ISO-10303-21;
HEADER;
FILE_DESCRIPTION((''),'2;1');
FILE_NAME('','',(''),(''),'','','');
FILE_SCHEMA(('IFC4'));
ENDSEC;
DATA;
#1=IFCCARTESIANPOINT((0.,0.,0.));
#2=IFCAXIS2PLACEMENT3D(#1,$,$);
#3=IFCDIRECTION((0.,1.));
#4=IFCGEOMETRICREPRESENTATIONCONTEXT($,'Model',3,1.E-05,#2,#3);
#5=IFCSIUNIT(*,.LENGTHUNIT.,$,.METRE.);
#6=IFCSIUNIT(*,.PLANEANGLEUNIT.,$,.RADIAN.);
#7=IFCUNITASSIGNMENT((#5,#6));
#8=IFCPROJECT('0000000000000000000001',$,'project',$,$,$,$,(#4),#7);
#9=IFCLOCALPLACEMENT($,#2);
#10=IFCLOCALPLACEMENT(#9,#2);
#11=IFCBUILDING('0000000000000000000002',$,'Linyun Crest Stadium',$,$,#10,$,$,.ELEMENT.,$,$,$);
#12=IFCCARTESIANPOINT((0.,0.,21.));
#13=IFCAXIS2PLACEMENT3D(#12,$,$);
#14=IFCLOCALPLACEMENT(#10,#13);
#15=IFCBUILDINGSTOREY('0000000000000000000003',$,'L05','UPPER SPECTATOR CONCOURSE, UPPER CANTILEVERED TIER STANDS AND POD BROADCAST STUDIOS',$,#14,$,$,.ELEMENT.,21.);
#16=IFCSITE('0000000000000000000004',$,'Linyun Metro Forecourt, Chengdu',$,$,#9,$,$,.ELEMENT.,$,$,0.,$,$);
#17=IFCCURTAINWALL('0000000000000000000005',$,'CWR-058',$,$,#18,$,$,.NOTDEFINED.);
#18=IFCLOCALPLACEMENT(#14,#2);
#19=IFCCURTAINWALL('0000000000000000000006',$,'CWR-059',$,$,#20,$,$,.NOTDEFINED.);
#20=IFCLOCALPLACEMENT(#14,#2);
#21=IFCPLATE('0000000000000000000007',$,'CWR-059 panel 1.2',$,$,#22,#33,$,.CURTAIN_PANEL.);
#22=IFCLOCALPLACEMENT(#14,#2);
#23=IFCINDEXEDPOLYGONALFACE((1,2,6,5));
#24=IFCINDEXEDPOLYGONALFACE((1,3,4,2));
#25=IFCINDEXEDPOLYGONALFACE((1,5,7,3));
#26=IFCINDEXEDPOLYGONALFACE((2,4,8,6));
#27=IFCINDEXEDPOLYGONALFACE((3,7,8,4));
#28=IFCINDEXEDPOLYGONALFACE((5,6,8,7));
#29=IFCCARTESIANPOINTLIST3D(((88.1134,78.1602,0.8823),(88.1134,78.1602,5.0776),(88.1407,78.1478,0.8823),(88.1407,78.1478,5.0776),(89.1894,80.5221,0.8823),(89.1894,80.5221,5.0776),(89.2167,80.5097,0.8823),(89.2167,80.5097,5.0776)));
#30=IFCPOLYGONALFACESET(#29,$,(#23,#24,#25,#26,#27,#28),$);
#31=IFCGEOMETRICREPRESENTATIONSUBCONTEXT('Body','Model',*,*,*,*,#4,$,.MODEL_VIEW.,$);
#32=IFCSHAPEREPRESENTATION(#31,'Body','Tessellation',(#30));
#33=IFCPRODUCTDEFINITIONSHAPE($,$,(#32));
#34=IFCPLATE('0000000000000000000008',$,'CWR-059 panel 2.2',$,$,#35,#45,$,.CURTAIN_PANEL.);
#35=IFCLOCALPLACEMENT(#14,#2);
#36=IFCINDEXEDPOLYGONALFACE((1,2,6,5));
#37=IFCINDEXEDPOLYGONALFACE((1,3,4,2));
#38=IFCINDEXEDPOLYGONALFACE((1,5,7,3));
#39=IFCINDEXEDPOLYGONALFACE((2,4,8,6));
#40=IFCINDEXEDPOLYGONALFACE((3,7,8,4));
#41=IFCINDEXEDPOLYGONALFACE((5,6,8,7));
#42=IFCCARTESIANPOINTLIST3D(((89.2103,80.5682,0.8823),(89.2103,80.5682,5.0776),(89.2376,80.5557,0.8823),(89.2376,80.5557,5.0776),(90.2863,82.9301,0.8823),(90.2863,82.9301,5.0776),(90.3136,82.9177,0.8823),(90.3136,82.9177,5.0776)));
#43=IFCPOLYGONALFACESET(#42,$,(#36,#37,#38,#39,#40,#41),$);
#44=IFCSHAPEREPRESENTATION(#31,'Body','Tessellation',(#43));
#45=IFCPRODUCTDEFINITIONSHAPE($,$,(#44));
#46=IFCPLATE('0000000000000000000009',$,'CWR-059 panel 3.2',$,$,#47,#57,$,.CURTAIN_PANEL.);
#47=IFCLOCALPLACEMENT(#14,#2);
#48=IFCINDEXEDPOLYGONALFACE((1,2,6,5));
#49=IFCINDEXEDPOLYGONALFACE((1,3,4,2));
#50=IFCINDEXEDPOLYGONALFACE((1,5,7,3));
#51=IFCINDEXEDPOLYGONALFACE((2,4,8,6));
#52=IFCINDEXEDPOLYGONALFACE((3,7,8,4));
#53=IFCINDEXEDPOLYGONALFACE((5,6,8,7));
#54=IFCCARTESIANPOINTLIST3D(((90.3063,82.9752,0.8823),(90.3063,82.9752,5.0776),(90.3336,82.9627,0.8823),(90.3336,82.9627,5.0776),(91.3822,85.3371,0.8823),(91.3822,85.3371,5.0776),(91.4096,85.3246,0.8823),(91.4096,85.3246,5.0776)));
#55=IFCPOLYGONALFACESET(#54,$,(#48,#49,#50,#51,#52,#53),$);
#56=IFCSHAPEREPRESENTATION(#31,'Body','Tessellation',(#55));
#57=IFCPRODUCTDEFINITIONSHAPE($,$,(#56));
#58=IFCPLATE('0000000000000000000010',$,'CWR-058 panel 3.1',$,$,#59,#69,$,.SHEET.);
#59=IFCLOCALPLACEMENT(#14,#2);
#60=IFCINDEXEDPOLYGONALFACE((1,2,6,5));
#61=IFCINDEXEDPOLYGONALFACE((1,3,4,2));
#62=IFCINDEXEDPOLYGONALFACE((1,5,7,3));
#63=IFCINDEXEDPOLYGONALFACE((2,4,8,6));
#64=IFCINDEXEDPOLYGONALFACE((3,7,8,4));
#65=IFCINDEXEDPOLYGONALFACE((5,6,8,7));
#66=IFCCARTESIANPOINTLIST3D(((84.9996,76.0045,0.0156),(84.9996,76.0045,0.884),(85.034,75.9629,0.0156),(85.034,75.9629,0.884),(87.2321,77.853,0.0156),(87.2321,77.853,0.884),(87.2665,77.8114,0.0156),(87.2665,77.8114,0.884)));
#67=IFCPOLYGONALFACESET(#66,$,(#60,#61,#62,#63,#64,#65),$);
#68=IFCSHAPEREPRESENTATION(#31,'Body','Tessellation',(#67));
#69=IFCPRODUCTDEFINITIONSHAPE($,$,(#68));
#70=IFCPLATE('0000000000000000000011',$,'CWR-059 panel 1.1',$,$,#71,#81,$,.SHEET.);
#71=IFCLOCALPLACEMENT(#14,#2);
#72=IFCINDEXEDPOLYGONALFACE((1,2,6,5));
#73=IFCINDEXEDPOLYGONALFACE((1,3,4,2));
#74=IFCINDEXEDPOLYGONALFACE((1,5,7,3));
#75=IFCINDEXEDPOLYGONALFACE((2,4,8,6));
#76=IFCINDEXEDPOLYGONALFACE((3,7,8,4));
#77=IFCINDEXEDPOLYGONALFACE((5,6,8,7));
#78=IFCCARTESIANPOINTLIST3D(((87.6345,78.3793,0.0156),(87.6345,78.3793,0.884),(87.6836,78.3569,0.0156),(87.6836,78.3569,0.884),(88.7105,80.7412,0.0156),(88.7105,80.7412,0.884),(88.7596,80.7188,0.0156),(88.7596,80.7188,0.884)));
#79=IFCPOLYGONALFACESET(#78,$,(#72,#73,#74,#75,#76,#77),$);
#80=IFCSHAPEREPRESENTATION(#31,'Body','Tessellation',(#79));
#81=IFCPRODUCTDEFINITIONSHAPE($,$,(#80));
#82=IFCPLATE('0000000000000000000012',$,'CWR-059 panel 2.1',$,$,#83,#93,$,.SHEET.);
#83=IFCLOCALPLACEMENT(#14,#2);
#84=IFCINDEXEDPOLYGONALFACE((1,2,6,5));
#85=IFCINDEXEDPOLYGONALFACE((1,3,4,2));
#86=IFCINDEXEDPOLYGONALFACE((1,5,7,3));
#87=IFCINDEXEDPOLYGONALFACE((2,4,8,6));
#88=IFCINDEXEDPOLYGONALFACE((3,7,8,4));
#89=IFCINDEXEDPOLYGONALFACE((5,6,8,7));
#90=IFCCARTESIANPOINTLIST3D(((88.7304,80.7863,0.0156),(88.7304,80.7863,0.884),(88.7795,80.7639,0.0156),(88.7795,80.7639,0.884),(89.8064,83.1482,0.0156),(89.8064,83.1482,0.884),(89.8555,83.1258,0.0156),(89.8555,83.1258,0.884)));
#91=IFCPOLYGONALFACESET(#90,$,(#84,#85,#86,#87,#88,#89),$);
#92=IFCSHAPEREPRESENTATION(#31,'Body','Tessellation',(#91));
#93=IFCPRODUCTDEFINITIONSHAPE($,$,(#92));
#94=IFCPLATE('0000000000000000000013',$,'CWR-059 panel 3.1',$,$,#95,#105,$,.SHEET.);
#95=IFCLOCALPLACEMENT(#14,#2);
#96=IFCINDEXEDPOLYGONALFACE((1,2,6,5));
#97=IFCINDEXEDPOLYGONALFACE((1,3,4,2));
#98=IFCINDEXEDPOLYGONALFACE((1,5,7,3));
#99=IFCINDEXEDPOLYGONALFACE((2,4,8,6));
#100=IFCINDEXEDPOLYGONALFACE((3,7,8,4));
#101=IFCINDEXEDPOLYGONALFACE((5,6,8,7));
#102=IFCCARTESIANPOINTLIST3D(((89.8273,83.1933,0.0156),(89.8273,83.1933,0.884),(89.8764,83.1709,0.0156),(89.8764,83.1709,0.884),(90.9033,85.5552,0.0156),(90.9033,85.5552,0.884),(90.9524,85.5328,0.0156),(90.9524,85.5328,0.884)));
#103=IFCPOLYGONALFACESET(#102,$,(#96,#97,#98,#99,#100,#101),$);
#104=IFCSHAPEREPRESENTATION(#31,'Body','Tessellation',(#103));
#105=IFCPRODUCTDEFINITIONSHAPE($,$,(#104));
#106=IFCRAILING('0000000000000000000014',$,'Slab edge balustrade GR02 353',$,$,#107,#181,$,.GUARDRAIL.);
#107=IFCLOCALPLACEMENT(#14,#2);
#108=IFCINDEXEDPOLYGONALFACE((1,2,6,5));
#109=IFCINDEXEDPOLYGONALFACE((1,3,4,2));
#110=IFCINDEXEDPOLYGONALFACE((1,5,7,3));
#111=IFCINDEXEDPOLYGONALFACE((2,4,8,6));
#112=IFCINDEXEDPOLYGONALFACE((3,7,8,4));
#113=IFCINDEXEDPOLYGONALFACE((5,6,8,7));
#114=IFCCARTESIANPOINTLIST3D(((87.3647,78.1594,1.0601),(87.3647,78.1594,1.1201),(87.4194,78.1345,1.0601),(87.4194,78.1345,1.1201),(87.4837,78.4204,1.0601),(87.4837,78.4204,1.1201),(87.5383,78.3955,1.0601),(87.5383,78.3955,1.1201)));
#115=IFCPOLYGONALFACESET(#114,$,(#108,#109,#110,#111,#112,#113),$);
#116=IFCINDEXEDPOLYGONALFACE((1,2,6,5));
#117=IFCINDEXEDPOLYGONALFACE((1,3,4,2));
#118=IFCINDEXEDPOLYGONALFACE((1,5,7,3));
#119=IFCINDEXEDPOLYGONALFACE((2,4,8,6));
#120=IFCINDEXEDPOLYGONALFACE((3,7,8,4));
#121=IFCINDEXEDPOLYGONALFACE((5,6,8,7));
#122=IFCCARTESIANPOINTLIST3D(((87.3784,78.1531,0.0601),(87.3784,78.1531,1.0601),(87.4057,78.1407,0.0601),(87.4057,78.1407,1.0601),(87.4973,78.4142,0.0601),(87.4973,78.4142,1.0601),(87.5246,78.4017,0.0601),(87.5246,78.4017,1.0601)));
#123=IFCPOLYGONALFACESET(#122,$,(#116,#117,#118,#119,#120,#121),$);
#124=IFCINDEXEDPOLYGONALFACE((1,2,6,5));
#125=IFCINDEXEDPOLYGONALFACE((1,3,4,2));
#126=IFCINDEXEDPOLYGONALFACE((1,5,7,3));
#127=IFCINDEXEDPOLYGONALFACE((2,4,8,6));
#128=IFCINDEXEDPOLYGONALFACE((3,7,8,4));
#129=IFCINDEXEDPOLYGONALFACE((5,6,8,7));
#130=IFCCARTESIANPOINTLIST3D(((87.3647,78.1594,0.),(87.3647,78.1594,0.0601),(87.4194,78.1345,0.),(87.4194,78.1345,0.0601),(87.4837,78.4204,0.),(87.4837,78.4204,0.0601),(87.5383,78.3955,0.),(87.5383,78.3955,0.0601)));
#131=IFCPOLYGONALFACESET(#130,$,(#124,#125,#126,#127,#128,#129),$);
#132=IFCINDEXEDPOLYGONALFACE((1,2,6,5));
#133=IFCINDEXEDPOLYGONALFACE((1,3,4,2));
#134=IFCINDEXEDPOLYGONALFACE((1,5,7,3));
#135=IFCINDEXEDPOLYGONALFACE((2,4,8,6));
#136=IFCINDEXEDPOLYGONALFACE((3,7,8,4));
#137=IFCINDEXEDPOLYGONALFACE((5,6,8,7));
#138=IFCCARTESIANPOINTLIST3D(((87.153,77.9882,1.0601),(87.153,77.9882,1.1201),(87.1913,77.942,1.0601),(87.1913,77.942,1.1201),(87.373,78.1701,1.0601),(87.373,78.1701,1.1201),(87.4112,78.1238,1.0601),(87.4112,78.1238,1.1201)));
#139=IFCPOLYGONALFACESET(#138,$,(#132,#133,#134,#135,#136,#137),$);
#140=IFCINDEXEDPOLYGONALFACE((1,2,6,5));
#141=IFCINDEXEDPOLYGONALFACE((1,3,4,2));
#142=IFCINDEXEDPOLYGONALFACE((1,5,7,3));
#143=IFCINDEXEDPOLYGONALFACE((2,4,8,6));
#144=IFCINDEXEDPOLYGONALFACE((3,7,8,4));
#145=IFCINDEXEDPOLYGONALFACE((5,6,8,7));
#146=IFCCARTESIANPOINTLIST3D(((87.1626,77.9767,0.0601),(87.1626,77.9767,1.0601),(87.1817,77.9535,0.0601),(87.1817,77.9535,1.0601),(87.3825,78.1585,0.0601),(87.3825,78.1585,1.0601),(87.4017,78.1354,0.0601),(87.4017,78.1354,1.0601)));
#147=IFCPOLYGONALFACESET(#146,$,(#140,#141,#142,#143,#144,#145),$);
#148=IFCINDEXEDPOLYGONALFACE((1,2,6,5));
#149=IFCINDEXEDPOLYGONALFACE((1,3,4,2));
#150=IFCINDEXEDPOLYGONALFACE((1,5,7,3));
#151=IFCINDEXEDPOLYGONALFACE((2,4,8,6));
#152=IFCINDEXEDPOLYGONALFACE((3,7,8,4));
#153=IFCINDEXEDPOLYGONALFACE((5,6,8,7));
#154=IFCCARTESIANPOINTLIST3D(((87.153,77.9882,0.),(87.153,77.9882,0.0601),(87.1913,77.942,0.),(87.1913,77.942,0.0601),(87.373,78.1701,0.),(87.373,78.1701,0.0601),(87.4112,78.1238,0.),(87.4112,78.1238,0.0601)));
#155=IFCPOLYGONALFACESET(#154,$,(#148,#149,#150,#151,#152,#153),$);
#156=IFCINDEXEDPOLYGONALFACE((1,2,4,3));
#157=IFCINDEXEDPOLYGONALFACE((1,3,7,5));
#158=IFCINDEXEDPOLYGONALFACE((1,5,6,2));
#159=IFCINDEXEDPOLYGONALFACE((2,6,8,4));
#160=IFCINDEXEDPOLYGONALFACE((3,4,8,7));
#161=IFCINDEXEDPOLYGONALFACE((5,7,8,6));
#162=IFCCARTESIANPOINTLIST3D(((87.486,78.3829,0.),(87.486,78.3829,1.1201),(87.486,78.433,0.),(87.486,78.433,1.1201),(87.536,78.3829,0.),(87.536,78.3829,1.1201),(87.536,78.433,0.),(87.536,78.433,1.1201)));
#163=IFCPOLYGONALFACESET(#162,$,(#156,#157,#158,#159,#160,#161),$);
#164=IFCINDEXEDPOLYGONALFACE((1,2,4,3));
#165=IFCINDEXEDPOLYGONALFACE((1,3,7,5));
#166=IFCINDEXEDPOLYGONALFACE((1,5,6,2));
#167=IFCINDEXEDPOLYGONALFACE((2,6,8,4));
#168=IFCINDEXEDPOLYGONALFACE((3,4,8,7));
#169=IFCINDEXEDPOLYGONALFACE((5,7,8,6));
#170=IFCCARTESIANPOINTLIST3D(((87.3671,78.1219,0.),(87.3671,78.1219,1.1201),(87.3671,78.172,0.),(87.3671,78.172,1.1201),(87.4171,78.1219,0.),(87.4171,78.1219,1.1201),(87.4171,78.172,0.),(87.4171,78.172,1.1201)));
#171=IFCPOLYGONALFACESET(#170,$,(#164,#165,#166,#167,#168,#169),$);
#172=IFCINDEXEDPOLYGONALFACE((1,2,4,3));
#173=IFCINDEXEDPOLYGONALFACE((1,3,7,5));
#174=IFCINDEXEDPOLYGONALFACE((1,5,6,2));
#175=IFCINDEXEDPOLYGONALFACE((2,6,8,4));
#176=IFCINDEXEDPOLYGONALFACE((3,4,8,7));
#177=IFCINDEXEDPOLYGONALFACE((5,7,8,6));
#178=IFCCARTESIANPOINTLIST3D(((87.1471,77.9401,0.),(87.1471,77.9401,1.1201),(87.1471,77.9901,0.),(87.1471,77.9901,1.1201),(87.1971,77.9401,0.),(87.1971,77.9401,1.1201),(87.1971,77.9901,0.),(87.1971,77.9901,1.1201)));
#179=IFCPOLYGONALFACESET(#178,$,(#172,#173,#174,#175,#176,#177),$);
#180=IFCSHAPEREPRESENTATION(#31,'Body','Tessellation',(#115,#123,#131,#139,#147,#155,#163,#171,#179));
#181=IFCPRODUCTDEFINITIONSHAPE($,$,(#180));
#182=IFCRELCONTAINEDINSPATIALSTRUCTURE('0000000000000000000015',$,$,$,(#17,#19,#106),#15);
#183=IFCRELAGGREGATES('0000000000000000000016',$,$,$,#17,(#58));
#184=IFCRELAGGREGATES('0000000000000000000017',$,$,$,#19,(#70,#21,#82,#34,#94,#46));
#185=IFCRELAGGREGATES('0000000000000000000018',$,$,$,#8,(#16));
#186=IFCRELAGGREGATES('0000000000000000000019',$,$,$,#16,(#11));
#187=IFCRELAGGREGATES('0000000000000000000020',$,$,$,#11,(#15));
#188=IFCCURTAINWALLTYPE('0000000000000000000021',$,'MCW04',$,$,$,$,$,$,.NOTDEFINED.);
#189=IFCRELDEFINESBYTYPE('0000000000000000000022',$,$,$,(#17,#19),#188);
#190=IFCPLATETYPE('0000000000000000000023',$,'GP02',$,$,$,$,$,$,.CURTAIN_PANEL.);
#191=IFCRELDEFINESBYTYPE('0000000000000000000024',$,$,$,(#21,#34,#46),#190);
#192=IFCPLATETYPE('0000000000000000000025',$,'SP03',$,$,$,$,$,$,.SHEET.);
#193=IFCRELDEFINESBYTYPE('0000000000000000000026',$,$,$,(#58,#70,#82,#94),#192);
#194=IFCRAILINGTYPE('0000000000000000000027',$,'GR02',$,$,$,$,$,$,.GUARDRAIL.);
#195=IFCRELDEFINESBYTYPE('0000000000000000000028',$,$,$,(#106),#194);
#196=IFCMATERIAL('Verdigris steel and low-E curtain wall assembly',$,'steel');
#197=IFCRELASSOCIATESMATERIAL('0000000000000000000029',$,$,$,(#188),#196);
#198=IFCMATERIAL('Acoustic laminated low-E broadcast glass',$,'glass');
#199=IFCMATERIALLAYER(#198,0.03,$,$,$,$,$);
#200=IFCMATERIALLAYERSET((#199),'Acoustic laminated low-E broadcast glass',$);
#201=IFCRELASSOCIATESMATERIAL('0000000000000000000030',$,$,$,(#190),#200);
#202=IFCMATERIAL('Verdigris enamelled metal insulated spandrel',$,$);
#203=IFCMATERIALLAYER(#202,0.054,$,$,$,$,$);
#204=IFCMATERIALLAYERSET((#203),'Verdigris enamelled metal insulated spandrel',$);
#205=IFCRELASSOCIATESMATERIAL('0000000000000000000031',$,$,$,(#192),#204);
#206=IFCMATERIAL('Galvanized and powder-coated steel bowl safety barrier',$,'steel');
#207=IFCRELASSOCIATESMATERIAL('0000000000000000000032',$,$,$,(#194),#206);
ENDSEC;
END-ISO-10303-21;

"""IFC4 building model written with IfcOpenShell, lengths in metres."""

from ifc_helpers import new_model, si_unit, direction, frame, origin, origin_2d, place, context, subcontext, project, spatial, rectangle, extrude, material, layer, layer_set, type_object, element, aggregate, save


model = new_model("IFC4")

# Units and contexts
model_context = context("Model", 3, precision=1e-05, world=origin(), true_north=direction((0.0, 1.0)))
body_context = subcontext(model_context, "Body", "Model", "MODEL_VIEW")
ifc_project = project(units=[si_unit("LENGTHUNIT", "METRE"), si_unit("PLANEANGLEUNIT", "RADIAN")], contexts=[model_context])

# Site, building, storey
site_placement = place(None, origin())
site = spatial("IfcSite", under=ifc_project, at=site_placement, Name="Linyun Metro Forecourt, Chengdu", CompositionType="ELEMENT", RefElevation=0.0)
building_placement = place(site_placement, origin())
building = spatial("IfcBuilding", under=site, at=building_placement, Name="Linyun Crest Stadium", CompositionType="ELEMENT")
storey_placement = place(building_placement, frame((0.0, 0.0, 21.0)))
storey = spatial("IfcBuildingStorey", under=building, at=storey_placement, Name="L05", Description="UPPER SPECTATOR CONCOURSE, UPPER CANTILEVERED TIER STANDS AND POD BROADCAST STUDIOS", CompositionType="ELEMENT", Elevation=21.0)

# Curtain wall
ifc_material_1 = material(Name="Verdigris steel and low-E curtain wall assembly", Category="steel")
curtain_wall_type = type_object("IfcCurtainWallType", Name="MCW04", PredefinedType="NOTDEFINED", material=ifc_material_1)
curtain_wall_1_placement = place(storey_placement, origin())
curtain_wall_1 = element("IfcCurtainWall", 1, at=curtain_wall_1_placement, inside=storey, type_object=curtain_wall_type, Name="CWR-058", PredefinedType="NOTDEFINED")

# Curtain wall
curtain_wall_2_placement = place(storey_placement, origin())
curtain_wall_2 = element("IfcCurtainWall", 2, at=curtain_wall_2_placement, inside=storey, type_object=curtain_wall_type, Name="CWR-059", PredefinedType="NOTDEFINED")

# Plates
ifc_material_2 = material(Name="Acoustic laminated low-E broadcast glass", Category="glass")
ifc_layer_1 = layer(ifc_material_2, 0.03)
ifc_layer_set_1 = layer_set([ifc_layer_1], Name="Acoustic laminated low-E broadcast glass")
plate_type_1 = type_object("IfcPlateType", Name="GP02", PredefinedType="CURTAIN_PANEL", material=ifc_layer_set_1)
plate_1_placement = place(storey_placement, frame((88.665, 79.335, 0.8823), z_axis=(0.0, 0.0, 1.0), x_axis=(0.414566, 0.910019, 0.0)))
plate_1 = element("IfcPlate", 3, at=plate_1_placement, type_object=plate_type_1, Name="CWR-059 panel 1.2", PredefinedType="CURTAIN_PANEL", context=body_context, shape_type="SweptSolid", body=[
    extrude(rectangle(XDim=2.5955, YDim=0.03, at=origin_2d()), origin(), (0.0, 0.0, 1.0), 4.1953),
])
plate_2_placement = place(storey_placement, frame((89.762, 81.7429, 0.8823), z_axis=(0.0, 0.0, 1.0), x_axis=(0.414566, 0.910019, 0.0)))
plate_2 = element("IfcPlate", 4, at=plate_2_placement, type_object=plate_type_1, Name="CWR-059 panel 2.2", PredefinedType="CURTAIN_PANEL", context=body_context, shape_type="SweptSolid", body=[
    extrude(rectangle(XDim=2.5955, YDim=0.03, at=origin_2d()), origin(), (0.0, 0.0, 1.0), 4.1953),
])
plate_3_placement = place(storey_placement, frame((90.8579, 84.1499, 0.8823), z_axis=(0.0, 0.0, 1.0), x_axis=(0.414566, 0.910019, 0.0)))
plate_3 = element("IfcPlate", 5, at=plate_3_placement, type_object=plate_type_1, Name="CWR-059 panel 3.2", PredefinedType="CURTAIN_PANEL", context=body_context, shape_type="SweptSolid", body=[
    extrude(rectangle(XDim=2.5955, YDim=0.03, at=origin_2d()), origin(), (0.0, 0.0, 1.0), 4.1953),
])
ifc_material_3 = material(Name="Verdigris enamelled metal insulated spandrel")
ifc_layer_2 = layer(ifc_material_3, 0.054)
ifc_layer_set_2 = layer_set([ifc_layer_2], Name="Verdigris enamelled metal insulated spandrel")
plate_type_2 = type_object("IfcPlateType", Name="SP03", PredefinedType="SHEET", material=ifc_layer_set_2)
plate_4_placement = place(storey_placement, frame((86.1331, 76.908, 0.0156), z_axis=(0.0, 0.0, 1.0), x_axis=(0.770246, 0.637747, 0.0)))
plate_4 = element("IfcPlate", 6, at=plate_4_placement, type_object=plate_type_2, Name="CWR-058 panel 3.1", PredefinedType="SHEET", context=body_context, shape_type="SweptSolid", body=[
    extrude(rectangle(XDim=2.8984, YDim=0.054, at=origin_2d()), origin(), (0.0, 0.0, 1.0), 0.8684),
])
aggregate(curtain_wall_1, [plate_4])
plate_5_placement = place(storey_placement, frame((88.197, 79.5491, 0.0156), z_axis=(0.0, 0.0, 1.0), x_axis=(0.414566, 0.910019, 0.0)))
plate_5 = element("IfcPlate", 7, at=plate_5_placement, type_object=plate_type_2, Name="CWR-059 panel 1.1", PredefinedType="SHEET", context=body_context, shape_type="SweptSolid", body=[
    extrude(rectangle(XDim=2.5955, YDim=0.054, at=origin_2d()), origin(), (0.0, 0.0, 1.0), 0.8684),
])
plate_6_placement = place(storey_placement, frame((89.293, 81.9561, 0.0156), z_axis=(0.0, 0.0, 1.0), x_axis=(0.414566, 0.910019, 0.0)))
plate_6 = element("IfcPlate", 8, at=plate_6_placement, type_object=plate_type_2, Name="CWR-059 panel 2.1", PredefinedType="SHEET", context=body_context, shape_type="SweptSolid", body=[
    extrude(rectangle(XDim=2.5955, YDim=0.054, at=origin_2d()), origin(), (0.0, 0.0, 1.0), 0.8684),
])
plate_7_placement = place(storey_placement, frame((90.3899, 84.363, 0.0156), z_axis=(0.0, 0.0, 1.0), x_axis=(0.414566, 0.910019, 0.0)))
plate_7 = element("IfcPlate", 9, at=plate_7_placement, type_object=plate_type_2, Name="CWR-059 panel 3.1", PredefinedType="SHEET", context=body_context, shape_type="SweptSolid", body=[
    extrude(rectangle(XDim=2.5955, YDim=0.054, at=origin_2d()), origin(), (0.0, 0.0, 1.0), 0.8684),
])
aggregate(curtain_wall_2, [plate_5, plate_1, plate_6, plate_2, plate_7, plate_3])

# Railing
ifc_material_4 = material(Name="Galvanized and powder-coated steel bowl safety barrier", Category="steel")
railing_type = type_object("IfcRailingType", Name="GR02", PredefinedType="GUARDRAIL", material=ifc_material_4)
railing_placement = place(storey_placement, frame((87.511, 78.408, 0.0)))
element("IfcRailing", 10, at=railing_placement, inside=storey, type_object=railing_type, Name="Slab edge balustrade GR02 353", PredefinedType="GUARDRAIL", context=body_context, shape_type="SweptSolid", body=[
    extrude(rectangle(XDim=0.0601, YDim=0.0601, at=origin_2d()), frame((0.0, 0.0, 1.0901), z_axis=(-0.414572, -0.910016, 0.0), x_axis=(0.910016, -0.414572, 0.0)), (0.0, 0.0, 1.0), 0.2869),
    extrude(rectangle(XDim=0.03, YDim=1.0, at=origin_2d()), frame((0.0, 0.0, 0.5601), z_axis=(-0.414572, -0.910016, 0.0), x_axis=(0.910016, -0.414572, 0.0)), (0.0, 0.0, 1.0), 0.2869),
    extrude(rectangle(XDim=0.0601, YDim=0.0601, at=origin_2d()), frame((0.0, 0.0, 0.03), z_axis=(-0.414572, -0.910016, 0.0), x_axis=(0.910016, -0.414572, 0.0)), (0.0, 0.0, 1.0), 0.2869),
    extrude(rectangle(XDim=0.0601, YDim=0.0601, at=origin_2d()), frame((-0.1189, -0.261, 1.0901), z_axis=(-0.77067, -0.637235, 0.0), x_axis=(0.637235, -0.77067, 0.0)), (0.0, 0.0, 1.0), 0.2854),
    extrude(rectangle(XDim=0.03, YDim=1.0, at=origin_2d()), frame((-0.1189, -0.261, 0.5601), z_axis=(-0.77067, -0.637235, 0.0), x_axis=(0.637235, -0.77067, 0.0)), (0.0, 0.0, 1.0), 0.2854),
    extrude(rectangle(XDim=0.0601, YDim=0.0601, at=origin_2d()), frame((-0.1189, -0.261, 0.03), z_axis=(-0.77067, -0.637235, 0.0), x_axis=(0.637235, -0.77067, 0.0)), (0.0, 0.0, 1.0), 0.2854),
    extrude(rectangle(XDim=0.05, YDim=0.05, at=origin_2d()), origin(), (0.0, 0.0, 1.0), 1.1201),
    extrude(rectangle(XDim=0.05, YDim=0.05, at=origin_2d()), frame((-0.1189, -0.261, 0.0)), (0.0, 0.0, 1.0), 1.1201),
    extrude(rectangle(XDim=0.05, YDim=0.05, at=origin_2d()), frame((-0.3389, -0.4429, 0.0)), (0.0, 0.0, 1.0), 1.1201),
])

save(model, "model.ifc")
